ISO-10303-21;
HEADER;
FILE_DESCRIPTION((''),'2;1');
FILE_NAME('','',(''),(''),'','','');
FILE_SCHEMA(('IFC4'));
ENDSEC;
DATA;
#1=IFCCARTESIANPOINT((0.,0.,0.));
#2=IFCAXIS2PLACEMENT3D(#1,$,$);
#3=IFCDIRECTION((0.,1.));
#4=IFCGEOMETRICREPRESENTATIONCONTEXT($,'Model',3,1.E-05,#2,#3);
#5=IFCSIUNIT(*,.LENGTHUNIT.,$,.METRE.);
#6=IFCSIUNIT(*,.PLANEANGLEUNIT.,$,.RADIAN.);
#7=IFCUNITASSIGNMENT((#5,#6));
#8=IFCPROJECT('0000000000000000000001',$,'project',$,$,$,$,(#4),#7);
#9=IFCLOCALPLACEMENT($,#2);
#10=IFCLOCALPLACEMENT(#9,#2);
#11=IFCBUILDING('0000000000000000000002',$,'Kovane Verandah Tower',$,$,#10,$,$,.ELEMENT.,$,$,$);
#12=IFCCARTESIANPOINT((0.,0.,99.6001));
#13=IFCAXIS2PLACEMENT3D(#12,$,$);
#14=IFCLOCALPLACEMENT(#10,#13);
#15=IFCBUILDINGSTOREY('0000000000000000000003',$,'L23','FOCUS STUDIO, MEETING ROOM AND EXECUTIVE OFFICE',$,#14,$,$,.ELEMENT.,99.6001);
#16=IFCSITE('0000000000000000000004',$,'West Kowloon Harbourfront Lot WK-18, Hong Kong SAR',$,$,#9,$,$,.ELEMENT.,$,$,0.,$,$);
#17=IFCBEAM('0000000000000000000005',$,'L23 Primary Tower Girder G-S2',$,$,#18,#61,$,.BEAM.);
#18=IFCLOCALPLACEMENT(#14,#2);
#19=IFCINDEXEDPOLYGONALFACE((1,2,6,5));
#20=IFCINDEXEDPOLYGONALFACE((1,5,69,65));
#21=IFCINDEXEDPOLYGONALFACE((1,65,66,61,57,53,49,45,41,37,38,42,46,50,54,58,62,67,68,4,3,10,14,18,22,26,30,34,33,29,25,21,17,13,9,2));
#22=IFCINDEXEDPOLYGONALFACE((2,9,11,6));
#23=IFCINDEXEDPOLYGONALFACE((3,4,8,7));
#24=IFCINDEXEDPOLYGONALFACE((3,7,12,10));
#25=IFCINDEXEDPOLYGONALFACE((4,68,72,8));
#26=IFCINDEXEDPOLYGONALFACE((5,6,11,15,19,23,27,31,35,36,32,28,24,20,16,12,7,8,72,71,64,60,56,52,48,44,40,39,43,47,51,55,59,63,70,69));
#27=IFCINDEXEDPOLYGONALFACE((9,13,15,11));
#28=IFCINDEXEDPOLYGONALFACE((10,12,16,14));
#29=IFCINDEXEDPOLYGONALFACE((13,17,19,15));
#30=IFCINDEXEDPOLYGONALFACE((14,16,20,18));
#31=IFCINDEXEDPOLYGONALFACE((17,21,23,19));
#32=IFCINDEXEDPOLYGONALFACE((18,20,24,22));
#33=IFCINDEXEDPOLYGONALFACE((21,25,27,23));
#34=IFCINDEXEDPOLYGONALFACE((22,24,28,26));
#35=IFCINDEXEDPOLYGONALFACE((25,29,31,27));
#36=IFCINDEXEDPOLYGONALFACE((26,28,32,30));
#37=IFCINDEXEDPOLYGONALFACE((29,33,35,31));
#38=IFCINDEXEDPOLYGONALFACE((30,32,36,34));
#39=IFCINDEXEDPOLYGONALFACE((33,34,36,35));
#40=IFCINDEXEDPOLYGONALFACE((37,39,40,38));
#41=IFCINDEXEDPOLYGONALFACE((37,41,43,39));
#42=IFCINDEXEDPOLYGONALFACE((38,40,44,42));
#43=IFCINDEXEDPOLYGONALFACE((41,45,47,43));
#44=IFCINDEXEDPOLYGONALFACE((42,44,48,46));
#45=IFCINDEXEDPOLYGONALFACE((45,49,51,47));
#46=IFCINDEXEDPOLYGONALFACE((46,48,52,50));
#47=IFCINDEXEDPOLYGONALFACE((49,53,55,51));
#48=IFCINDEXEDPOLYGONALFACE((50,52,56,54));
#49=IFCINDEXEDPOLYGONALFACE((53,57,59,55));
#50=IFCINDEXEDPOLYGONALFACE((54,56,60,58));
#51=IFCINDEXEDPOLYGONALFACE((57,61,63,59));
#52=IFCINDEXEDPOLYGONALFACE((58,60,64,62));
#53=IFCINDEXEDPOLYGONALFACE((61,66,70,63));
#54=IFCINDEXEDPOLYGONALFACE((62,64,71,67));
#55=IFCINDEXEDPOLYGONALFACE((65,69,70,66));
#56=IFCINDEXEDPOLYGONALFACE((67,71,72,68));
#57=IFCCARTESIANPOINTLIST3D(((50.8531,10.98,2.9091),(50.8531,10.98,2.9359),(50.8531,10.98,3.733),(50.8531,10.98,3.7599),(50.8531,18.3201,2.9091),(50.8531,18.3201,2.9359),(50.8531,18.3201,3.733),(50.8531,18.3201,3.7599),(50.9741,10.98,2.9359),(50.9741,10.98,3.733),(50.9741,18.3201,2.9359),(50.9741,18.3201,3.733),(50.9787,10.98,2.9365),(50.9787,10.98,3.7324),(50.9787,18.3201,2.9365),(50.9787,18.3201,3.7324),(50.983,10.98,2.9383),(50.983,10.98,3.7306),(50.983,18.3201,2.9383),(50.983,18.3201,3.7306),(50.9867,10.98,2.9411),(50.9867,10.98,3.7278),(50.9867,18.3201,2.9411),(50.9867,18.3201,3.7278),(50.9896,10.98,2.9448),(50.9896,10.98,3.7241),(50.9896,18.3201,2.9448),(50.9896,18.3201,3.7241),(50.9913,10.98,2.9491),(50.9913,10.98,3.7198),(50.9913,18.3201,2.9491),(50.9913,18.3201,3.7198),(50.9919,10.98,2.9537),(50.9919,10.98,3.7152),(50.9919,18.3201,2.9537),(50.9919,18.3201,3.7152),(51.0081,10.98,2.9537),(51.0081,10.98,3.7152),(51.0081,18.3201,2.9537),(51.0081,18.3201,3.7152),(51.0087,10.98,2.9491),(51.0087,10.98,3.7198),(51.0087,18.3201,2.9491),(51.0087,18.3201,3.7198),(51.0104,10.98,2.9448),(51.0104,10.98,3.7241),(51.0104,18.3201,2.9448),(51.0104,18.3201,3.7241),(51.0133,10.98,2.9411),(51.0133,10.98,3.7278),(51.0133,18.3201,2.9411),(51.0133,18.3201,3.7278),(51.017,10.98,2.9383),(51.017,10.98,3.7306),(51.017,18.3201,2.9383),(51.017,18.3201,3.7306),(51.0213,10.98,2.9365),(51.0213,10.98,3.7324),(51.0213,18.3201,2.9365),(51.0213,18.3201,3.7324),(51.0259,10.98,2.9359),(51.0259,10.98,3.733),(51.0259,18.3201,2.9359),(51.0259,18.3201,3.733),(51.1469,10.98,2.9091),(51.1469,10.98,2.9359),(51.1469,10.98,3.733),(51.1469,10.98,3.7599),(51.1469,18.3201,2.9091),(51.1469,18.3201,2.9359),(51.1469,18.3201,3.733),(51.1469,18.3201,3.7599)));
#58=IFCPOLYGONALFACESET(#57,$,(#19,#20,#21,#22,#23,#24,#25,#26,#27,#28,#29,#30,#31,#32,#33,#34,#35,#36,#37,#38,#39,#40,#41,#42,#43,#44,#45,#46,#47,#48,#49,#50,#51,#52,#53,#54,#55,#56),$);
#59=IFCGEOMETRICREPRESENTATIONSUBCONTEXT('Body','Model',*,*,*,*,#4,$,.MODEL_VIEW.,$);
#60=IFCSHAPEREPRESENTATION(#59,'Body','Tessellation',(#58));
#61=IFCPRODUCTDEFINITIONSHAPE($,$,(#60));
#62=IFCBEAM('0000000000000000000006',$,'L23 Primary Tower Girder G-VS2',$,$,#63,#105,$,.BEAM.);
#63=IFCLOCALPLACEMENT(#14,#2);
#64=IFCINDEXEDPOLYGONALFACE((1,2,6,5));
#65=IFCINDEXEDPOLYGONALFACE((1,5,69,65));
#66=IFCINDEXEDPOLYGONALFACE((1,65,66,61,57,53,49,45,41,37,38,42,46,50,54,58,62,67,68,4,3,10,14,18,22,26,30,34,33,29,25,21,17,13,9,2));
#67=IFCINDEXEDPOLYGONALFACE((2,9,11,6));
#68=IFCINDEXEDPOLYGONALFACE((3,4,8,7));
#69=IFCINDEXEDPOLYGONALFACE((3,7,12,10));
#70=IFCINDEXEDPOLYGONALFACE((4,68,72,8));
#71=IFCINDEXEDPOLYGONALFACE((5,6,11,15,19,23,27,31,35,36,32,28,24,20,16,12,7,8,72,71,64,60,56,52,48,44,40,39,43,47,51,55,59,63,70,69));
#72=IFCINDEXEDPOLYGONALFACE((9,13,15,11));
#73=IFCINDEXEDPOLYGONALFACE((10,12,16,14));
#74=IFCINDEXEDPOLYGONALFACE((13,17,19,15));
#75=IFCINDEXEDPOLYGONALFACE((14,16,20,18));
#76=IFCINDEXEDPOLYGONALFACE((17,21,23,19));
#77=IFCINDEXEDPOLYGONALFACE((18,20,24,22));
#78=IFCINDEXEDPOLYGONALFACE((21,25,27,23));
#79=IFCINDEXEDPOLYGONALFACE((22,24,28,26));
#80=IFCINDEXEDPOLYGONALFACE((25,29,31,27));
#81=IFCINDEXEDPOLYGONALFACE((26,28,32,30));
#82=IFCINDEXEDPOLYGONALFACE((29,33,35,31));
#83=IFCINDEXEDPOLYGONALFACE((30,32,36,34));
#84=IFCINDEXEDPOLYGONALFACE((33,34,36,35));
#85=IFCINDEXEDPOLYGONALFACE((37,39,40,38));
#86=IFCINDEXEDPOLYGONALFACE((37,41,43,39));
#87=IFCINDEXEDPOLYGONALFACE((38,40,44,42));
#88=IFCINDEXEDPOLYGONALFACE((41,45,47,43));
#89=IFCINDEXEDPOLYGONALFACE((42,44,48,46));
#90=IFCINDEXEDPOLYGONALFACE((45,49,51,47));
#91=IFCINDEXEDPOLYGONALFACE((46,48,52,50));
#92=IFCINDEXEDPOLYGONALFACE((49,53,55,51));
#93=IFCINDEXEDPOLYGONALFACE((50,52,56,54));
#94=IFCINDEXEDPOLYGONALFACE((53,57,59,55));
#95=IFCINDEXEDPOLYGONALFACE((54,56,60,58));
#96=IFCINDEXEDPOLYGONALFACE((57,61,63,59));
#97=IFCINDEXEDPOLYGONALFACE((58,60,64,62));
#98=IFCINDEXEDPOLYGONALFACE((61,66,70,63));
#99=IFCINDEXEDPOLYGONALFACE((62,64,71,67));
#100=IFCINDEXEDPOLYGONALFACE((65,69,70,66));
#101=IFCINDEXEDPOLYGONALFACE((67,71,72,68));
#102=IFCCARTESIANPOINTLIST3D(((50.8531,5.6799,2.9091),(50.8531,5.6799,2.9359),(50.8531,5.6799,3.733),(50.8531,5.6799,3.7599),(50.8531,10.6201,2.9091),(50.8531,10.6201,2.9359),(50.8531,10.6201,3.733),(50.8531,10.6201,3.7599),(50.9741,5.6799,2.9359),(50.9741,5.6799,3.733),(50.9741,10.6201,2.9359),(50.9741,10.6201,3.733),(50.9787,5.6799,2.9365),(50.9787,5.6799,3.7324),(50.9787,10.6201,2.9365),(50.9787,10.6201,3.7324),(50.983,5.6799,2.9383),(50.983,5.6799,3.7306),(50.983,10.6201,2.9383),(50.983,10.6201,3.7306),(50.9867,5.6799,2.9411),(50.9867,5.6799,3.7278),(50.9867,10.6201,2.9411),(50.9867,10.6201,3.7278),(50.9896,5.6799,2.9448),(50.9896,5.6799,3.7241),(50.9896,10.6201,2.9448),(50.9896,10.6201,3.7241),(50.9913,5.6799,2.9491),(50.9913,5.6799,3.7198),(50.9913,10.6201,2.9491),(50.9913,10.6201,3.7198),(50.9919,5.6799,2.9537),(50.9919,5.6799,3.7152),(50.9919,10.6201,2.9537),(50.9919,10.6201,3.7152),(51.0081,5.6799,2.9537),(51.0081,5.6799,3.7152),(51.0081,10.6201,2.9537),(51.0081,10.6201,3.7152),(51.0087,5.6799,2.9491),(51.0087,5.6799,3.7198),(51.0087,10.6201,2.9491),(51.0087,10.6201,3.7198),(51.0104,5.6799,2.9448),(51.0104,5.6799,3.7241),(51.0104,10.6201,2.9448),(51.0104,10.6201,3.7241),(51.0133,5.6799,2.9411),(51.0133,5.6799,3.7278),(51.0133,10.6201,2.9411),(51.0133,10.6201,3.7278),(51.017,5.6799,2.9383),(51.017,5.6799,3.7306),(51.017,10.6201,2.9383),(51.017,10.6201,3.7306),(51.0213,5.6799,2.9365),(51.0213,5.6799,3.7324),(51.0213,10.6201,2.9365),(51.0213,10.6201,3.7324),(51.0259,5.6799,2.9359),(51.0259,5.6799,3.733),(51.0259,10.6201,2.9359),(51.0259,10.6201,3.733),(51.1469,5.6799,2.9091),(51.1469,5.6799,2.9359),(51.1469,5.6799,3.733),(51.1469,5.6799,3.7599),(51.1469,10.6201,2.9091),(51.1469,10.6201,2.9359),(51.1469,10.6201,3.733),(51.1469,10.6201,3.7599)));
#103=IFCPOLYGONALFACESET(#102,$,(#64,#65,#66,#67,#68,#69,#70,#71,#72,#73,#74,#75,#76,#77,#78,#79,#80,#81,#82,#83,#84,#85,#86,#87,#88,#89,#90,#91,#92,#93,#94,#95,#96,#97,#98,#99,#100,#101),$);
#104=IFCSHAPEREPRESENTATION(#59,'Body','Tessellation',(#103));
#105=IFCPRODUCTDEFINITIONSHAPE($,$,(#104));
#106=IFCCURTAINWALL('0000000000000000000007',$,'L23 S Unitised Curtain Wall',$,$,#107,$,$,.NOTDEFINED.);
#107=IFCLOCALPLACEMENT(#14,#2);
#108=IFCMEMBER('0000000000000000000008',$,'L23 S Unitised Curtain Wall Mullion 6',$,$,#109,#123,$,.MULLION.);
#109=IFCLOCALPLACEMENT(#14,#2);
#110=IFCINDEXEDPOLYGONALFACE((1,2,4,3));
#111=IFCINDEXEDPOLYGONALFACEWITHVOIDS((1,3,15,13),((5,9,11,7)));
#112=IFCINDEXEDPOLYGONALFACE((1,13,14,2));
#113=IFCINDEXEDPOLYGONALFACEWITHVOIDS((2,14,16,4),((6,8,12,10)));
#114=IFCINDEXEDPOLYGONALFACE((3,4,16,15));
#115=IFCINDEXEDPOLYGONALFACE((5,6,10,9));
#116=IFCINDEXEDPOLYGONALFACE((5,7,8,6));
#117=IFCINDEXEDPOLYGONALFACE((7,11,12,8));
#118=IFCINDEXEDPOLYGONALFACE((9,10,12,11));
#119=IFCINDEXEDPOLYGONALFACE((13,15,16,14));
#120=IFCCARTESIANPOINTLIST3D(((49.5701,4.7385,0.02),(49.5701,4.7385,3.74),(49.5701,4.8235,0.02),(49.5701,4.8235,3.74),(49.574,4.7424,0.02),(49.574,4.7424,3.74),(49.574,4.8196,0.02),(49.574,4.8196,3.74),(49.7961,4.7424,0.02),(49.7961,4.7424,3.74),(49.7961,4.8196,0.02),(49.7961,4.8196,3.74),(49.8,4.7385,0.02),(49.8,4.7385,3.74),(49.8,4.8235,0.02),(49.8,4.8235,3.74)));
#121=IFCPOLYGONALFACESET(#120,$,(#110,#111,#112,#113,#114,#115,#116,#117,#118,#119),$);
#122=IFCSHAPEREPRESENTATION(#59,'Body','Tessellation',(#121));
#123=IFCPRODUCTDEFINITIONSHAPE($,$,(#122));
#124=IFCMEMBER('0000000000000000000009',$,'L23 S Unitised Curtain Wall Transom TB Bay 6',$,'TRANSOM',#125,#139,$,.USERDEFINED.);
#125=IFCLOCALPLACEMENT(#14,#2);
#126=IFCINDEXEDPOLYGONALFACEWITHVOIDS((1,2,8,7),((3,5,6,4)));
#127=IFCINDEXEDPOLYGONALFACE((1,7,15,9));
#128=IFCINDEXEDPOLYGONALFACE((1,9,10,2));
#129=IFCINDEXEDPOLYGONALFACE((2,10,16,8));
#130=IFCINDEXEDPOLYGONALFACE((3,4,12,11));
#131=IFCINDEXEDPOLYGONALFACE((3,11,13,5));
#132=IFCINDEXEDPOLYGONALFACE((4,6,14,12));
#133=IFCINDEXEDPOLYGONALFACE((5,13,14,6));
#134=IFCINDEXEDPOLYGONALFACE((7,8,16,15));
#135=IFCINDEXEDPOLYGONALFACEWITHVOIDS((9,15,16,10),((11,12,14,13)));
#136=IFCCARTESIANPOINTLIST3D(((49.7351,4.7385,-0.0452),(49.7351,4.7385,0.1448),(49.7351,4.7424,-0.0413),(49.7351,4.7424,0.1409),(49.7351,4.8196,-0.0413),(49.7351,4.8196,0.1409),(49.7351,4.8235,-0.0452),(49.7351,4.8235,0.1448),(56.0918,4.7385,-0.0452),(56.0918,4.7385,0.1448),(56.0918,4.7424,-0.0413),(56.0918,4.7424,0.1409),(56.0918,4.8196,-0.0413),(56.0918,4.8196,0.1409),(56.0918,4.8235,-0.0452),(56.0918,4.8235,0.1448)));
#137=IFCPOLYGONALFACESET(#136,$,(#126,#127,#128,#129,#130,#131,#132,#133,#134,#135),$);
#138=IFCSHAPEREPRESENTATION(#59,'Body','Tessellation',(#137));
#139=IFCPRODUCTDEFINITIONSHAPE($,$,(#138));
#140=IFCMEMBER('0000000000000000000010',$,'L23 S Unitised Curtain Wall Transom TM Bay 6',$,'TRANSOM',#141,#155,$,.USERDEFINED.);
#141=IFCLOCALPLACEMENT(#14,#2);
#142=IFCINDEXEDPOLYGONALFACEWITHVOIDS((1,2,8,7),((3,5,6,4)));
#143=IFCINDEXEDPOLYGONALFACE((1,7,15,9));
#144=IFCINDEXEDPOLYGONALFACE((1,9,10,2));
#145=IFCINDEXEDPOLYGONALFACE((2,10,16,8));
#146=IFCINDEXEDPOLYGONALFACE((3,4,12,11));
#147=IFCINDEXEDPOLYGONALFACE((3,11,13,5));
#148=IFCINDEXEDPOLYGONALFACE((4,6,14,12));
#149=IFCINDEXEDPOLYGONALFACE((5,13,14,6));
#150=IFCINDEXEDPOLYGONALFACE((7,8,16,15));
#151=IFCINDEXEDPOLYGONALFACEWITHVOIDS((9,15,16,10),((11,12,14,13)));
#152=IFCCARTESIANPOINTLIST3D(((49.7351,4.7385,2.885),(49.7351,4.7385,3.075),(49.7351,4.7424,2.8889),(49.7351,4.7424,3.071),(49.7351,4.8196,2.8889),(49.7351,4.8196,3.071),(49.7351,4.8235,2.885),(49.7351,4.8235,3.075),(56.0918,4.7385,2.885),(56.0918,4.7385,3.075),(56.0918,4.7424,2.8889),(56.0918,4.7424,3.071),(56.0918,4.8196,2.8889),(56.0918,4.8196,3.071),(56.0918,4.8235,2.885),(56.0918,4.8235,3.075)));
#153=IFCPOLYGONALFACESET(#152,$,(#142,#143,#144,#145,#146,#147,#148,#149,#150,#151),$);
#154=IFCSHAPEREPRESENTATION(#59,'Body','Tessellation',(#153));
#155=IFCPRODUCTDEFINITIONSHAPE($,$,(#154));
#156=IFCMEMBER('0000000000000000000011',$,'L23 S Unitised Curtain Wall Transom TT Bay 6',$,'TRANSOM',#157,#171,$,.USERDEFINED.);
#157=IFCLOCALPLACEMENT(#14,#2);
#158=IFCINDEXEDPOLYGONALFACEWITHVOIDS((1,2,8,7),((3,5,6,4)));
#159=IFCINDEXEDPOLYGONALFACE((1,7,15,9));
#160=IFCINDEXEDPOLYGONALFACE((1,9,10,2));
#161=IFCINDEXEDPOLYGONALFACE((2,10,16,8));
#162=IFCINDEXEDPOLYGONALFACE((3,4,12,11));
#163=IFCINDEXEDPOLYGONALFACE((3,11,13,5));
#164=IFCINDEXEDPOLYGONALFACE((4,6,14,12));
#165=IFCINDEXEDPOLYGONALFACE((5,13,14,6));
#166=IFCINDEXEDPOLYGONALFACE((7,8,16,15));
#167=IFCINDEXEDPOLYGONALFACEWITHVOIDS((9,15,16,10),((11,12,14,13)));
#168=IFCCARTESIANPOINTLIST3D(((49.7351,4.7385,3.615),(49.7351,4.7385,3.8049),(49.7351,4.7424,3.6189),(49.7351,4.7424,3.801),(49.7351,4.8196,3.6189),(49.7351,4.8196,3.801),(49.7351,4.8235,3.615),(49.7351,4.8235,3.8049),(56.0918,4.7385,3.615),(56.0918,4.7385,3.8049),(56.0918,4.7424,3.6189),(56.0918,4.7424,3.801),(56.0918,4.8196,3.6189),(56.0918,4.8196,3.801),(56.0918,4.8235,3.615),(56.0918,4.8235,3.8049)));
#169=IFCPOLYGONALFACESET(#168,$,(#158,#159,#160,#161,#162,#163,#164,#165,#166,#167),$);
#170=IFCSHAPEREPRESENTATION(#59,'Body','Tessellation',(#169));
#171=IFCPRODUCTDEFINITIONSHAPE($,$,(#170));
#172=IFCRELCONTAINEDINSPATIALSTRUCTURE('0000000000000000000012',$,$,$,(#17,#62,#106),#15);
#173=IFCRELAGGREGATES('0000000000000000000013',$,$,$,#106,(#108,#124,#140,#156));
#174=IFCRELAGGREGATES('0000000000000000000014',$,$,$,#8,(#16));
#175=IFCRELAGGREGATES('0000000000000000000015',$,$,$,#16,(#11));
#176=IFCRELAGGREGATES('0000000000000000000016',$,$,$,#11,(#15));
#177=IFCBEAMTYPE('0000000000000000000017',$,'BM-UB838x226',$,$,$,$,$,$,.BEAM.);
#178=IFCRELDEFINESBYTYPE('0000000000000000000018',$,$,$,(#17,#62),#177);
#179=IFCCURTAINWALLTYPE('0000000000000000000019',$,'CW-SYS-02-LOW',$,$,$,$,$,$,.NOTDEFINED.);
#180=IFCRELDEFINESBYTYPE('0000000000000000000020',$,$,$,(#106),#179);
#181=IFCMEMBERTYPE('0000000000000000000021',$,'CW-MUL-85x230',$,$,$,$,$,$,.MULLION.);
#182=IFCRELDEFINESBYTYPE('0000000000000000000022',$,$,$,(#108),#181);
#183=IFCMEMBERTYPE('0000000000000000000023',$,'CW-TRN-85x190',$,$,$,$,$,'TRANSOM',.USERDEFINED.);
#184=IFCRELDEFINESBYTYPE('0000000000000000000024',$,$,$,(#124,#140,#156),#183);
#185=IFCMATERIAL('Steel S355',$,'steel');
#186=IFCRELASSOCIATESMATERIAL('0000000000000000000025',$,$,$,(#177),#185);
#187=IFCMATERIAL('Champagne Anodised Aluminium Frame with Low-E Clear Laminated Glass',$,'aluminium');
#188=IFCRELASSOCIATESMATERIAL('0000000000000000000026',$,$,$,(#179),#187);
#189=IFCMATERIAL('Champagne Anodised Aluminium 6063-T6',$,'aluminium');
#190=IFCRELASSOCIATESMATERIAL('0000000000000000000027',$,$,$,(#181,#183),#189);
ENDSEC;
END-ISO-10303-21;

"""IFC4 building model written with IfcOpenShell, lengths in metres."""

from ifc_helpers import new_model, si_unit, direction, frame, origin, origin_2d, place, context, subcontext, project, spatial, hollow_rectangle, i_section, extrude, material, material_profile, profile_set, type_object, element, aggregate, save


model = new_model("IFC4")

# Units and contexts
model_context = context("Model", 3, precision=1e-05, world=origin(), true_north=direction((0.0, 1.0)))
body_context = subcontext(model_context, "Body", "Model", "MODEL_VIEW")
ifc_project = project(units=[si_unit("LENGTHUNIT", "METRE"), si_unit("PLANEANGLEUNIT", "RADIAN")], contexts=[model_context])

# Site, building, storey
site_placement = place(None, origin())
site = spatial("IfcSite", under=ifc_project, at=site_placement, Name="West Kowloon Harbourfront Lot WK-18, Hong Kong SAR", CompositionType="ELEMENT", RefElevation=0.0)
building_placement = place(site_placement, origin())
building = spatial("IfcBuilding", under=site, at=building_placement, Name="Kovane Verandah Tower", CompositionType="ELEMENT")
storey_placement = place(building_placement, frame((0.0, 0.0, 99.6001)))
storey = spatial("IfcBuildingStorey", under=building, at=storey_placement, Name="L23", Description="FOCUS STUDIO, MEETING ROOM AND EXECUTIVE OFFICE", CompositionType="ELEMENT", Elevation=99.6001)

# Beams
ifc_material_1 = material(Name="Steel S355", Category="steel")
ifc_material_profile_1 = material_profile(ifc_material_1, i_section(OverallWidth=0.2937, OverallDepth=0.8508, WebThickness=0.0161, FlangeThickness=0.0269, FilletRadius=0.0178, at=origin_2d()), Name="UB838x292x226")
ifc_profile_set_1 = profile_set([ifc_material_profile_1], Name="Steel S355")
beam_type_1 = type_object("IfcBeamType", Name="BM-UB838x226", PredefinedType="BEAM", material=ifc_profile_set_1)
beam_1_placement = place(storey_placement, frame((51.0, 18.3201, 3.3345), z_axis=(0.0, -1.0, 0.0), x_axis=(1.0, 0.0, 0.0)))
element("IfcBeam", 1, at=beam_1_placement, inside=storey, type_object=beam_type_1, Name="L23 Primary Tower Girder G-S2", PredefinedType="BEAM", context=body_context, shape_type="SweptSolid", body=[
    extrude(i_section(OverallWidth=0.2937, OverallDepth=0.8508, WebThickness=0.0161, FlangeThickness=0.0269, FilletRadius=0.0178, at=origin_2d()), origin(), (0.0, 0.0, 1.0), 7.3401),
])
beam_2_placement = place(storey_placement, frame((51.0, 10.6201, 3.3345), z_axis=(0.0, -1.0, 0.0), x_axis=(1.0, 0.0, 0.0)))
element("IfcBeam", 2, at=beam_2_placement, inside=storey, type_object=beam_type_1, Name="L23 Primary Tower Girder G-VS2", PredefinedType="BEAM", context=body_context, shape_type="SweptSolid", body=[
    extrude(i_section(OverallWidth=0.2937, OverallDepth=0.8508, WebThickness=0.0161, FlangeThickness=0.0269, FilletRadius=0.0178, at=origin_2d()), origin(), (0.0, 0.0, 1.0), 4.9402),
])

# Curtain wall, members
ifc_material_2 = material(Name="Champagne Anodised Aluminium Frame with Low-E Clear Laminated Glass", Category="aluminium")
curtain_wall_type = type_object("IfcCurtainWallType", Name="CW-SYS-02-LOW", PredefinedType="NOTDEFINED", material=ifc_material_2)
curtain_wall_placement = place(storey_placement, origin())
curtain_wall = element("IfcCurtainWall", 3, at=curtain_wall_placement, inside=storey, type_object=curtain_wall_type, Name="L23 S Unitised Curtain Wall", PredefinedType="NOTDEFINED")
ifc_material_3 = material(Name="Champagne Anodised Aluminium 6063-T6", Category="aluminium")
ifc_material_profile_2 = material_profile(ifc_material_3, hollow_rectangle(XDim=0.085, YDim=0.23, WallThickness=0.0039, at=origin_2d()), Name="AL85x230x4")
ifc_profile_set_2 = profile_set([ifc_material_profile_2], Name="Champagne Anodised Aluminium 6063-T6")
member_type_1 = type_object("IfcMemberType", Name="CW-MUL-85x230", PredefinedType="MULLION", material=ifc_profile_set_2)
member_1_placement = place(storey_placement, frame((49.6851, 4.781, 0.02), z_axis=(0.0, 0.0, 1.0), x_axis=(0.0, -1.0, 0.0)))
member_1 = element("IfcMember", 4, at=member_1_placement, type_object=member_type_1, Name="L23 S Unitised Curtain Wall Mullion 6", PredefinedType="MULLION", context=body_context, shape_type="SweptSolid", body=[
    extrude(hollow_rectangle(XDim=0.085, YDim=0.23, WallThickness=0.0039, at=origin_2d()), origin(), (0.0, 0.0, 1.0), 3.72),
])
ifc_material_profile_3 = material_profile(ifc_material_3, hollow_rectangle(XDim=0.085, YDim=0.1899, WallThickness=0.0039, at=origin_2d()), Name="AL85x190x4")
ifc_profile_set_3 = profile_set([ifc_material_profile_3], Name="Champagne Anodised Aluminium 6063-T6")
member_type_2 = type_object("IfcMemberType", Name="CW-TRN-85x190", ElementType="TRANSOM", PredefinedType="USERDEFINED", material=ifc_profile_set_3)
member_2_placement = place(storey_placement, frame((49.7351, 4.781, 0.0498), z_axis=(1.0, 0.0, 0.0), x_axis=(0.0, 1.0, 0.0)))
member_2 = element("IfcMember", 5, at=member_2_placement, type_object=member_type_2, Name="L23 S Unitised Curtain Wall Transom TB Bay 6", ObjectType="TRANSOM", PredefinedType="USERDEFINED", context=body_context, shape_type="SweptSolid", body=[
    extrude(hollow_rectangle(XDim=0.085, YDim=0.1899, WallThickness=0.0039, at=origin_2d()), origin(), (0.0, 0.0, 1.0), 6.3567),
])
member_3_placement = place(storey_placement, frame((49.7351, 4.781, 2.98), z_axis=(1.0, 0.0, 0.0), x_axis=(0.0, 1.0, 0.0)))
member_3 = element("IfcMember", 6, at=member_3_placement, type_object=member_type_2, Name="L23 S Unitised Curtain Wall Transom TM Bay 6", ObjectType="TRANSOM", PredefinedType="USERDEFINED", context=body_context, shape_type="SweptSolid", body=[
    extrude(hollow_rectangle(XDim=0.085, YDim=0.1899, WallThickness=0.0039, at=origin_2d()), origin(), (0.0, 0.0, 1.0), 6.3567),
])
member_4_placement = place(storey_placement, frame((49.7351, 4.781, 3.71), z_axis=(1.0, 0.0, 0.0), x_axis=(0.0, 1.0, 0.0)))
member_4 = element("IfcMember", 7, at=member_4_placement, type_object=member_type_2, Name="L23 S Unitised Curtain Wall Transom TT Bay 6", ObjectType="TRANSOM", PredefinedType="USERDEFINED", context=body_context, shape_type="SweptSolid", body=[
    extrude(hollow_rectangle(XDim=0.085, YDim=0.1899, WallThickness=0.0039, at=origin_2d()), origin(), (0.0, 0.0, 1.0), 6.3567),
])

aggregate(curtain_wall, [member_1, member_2, member_3, member_4])

save(model, "model.ifc")
